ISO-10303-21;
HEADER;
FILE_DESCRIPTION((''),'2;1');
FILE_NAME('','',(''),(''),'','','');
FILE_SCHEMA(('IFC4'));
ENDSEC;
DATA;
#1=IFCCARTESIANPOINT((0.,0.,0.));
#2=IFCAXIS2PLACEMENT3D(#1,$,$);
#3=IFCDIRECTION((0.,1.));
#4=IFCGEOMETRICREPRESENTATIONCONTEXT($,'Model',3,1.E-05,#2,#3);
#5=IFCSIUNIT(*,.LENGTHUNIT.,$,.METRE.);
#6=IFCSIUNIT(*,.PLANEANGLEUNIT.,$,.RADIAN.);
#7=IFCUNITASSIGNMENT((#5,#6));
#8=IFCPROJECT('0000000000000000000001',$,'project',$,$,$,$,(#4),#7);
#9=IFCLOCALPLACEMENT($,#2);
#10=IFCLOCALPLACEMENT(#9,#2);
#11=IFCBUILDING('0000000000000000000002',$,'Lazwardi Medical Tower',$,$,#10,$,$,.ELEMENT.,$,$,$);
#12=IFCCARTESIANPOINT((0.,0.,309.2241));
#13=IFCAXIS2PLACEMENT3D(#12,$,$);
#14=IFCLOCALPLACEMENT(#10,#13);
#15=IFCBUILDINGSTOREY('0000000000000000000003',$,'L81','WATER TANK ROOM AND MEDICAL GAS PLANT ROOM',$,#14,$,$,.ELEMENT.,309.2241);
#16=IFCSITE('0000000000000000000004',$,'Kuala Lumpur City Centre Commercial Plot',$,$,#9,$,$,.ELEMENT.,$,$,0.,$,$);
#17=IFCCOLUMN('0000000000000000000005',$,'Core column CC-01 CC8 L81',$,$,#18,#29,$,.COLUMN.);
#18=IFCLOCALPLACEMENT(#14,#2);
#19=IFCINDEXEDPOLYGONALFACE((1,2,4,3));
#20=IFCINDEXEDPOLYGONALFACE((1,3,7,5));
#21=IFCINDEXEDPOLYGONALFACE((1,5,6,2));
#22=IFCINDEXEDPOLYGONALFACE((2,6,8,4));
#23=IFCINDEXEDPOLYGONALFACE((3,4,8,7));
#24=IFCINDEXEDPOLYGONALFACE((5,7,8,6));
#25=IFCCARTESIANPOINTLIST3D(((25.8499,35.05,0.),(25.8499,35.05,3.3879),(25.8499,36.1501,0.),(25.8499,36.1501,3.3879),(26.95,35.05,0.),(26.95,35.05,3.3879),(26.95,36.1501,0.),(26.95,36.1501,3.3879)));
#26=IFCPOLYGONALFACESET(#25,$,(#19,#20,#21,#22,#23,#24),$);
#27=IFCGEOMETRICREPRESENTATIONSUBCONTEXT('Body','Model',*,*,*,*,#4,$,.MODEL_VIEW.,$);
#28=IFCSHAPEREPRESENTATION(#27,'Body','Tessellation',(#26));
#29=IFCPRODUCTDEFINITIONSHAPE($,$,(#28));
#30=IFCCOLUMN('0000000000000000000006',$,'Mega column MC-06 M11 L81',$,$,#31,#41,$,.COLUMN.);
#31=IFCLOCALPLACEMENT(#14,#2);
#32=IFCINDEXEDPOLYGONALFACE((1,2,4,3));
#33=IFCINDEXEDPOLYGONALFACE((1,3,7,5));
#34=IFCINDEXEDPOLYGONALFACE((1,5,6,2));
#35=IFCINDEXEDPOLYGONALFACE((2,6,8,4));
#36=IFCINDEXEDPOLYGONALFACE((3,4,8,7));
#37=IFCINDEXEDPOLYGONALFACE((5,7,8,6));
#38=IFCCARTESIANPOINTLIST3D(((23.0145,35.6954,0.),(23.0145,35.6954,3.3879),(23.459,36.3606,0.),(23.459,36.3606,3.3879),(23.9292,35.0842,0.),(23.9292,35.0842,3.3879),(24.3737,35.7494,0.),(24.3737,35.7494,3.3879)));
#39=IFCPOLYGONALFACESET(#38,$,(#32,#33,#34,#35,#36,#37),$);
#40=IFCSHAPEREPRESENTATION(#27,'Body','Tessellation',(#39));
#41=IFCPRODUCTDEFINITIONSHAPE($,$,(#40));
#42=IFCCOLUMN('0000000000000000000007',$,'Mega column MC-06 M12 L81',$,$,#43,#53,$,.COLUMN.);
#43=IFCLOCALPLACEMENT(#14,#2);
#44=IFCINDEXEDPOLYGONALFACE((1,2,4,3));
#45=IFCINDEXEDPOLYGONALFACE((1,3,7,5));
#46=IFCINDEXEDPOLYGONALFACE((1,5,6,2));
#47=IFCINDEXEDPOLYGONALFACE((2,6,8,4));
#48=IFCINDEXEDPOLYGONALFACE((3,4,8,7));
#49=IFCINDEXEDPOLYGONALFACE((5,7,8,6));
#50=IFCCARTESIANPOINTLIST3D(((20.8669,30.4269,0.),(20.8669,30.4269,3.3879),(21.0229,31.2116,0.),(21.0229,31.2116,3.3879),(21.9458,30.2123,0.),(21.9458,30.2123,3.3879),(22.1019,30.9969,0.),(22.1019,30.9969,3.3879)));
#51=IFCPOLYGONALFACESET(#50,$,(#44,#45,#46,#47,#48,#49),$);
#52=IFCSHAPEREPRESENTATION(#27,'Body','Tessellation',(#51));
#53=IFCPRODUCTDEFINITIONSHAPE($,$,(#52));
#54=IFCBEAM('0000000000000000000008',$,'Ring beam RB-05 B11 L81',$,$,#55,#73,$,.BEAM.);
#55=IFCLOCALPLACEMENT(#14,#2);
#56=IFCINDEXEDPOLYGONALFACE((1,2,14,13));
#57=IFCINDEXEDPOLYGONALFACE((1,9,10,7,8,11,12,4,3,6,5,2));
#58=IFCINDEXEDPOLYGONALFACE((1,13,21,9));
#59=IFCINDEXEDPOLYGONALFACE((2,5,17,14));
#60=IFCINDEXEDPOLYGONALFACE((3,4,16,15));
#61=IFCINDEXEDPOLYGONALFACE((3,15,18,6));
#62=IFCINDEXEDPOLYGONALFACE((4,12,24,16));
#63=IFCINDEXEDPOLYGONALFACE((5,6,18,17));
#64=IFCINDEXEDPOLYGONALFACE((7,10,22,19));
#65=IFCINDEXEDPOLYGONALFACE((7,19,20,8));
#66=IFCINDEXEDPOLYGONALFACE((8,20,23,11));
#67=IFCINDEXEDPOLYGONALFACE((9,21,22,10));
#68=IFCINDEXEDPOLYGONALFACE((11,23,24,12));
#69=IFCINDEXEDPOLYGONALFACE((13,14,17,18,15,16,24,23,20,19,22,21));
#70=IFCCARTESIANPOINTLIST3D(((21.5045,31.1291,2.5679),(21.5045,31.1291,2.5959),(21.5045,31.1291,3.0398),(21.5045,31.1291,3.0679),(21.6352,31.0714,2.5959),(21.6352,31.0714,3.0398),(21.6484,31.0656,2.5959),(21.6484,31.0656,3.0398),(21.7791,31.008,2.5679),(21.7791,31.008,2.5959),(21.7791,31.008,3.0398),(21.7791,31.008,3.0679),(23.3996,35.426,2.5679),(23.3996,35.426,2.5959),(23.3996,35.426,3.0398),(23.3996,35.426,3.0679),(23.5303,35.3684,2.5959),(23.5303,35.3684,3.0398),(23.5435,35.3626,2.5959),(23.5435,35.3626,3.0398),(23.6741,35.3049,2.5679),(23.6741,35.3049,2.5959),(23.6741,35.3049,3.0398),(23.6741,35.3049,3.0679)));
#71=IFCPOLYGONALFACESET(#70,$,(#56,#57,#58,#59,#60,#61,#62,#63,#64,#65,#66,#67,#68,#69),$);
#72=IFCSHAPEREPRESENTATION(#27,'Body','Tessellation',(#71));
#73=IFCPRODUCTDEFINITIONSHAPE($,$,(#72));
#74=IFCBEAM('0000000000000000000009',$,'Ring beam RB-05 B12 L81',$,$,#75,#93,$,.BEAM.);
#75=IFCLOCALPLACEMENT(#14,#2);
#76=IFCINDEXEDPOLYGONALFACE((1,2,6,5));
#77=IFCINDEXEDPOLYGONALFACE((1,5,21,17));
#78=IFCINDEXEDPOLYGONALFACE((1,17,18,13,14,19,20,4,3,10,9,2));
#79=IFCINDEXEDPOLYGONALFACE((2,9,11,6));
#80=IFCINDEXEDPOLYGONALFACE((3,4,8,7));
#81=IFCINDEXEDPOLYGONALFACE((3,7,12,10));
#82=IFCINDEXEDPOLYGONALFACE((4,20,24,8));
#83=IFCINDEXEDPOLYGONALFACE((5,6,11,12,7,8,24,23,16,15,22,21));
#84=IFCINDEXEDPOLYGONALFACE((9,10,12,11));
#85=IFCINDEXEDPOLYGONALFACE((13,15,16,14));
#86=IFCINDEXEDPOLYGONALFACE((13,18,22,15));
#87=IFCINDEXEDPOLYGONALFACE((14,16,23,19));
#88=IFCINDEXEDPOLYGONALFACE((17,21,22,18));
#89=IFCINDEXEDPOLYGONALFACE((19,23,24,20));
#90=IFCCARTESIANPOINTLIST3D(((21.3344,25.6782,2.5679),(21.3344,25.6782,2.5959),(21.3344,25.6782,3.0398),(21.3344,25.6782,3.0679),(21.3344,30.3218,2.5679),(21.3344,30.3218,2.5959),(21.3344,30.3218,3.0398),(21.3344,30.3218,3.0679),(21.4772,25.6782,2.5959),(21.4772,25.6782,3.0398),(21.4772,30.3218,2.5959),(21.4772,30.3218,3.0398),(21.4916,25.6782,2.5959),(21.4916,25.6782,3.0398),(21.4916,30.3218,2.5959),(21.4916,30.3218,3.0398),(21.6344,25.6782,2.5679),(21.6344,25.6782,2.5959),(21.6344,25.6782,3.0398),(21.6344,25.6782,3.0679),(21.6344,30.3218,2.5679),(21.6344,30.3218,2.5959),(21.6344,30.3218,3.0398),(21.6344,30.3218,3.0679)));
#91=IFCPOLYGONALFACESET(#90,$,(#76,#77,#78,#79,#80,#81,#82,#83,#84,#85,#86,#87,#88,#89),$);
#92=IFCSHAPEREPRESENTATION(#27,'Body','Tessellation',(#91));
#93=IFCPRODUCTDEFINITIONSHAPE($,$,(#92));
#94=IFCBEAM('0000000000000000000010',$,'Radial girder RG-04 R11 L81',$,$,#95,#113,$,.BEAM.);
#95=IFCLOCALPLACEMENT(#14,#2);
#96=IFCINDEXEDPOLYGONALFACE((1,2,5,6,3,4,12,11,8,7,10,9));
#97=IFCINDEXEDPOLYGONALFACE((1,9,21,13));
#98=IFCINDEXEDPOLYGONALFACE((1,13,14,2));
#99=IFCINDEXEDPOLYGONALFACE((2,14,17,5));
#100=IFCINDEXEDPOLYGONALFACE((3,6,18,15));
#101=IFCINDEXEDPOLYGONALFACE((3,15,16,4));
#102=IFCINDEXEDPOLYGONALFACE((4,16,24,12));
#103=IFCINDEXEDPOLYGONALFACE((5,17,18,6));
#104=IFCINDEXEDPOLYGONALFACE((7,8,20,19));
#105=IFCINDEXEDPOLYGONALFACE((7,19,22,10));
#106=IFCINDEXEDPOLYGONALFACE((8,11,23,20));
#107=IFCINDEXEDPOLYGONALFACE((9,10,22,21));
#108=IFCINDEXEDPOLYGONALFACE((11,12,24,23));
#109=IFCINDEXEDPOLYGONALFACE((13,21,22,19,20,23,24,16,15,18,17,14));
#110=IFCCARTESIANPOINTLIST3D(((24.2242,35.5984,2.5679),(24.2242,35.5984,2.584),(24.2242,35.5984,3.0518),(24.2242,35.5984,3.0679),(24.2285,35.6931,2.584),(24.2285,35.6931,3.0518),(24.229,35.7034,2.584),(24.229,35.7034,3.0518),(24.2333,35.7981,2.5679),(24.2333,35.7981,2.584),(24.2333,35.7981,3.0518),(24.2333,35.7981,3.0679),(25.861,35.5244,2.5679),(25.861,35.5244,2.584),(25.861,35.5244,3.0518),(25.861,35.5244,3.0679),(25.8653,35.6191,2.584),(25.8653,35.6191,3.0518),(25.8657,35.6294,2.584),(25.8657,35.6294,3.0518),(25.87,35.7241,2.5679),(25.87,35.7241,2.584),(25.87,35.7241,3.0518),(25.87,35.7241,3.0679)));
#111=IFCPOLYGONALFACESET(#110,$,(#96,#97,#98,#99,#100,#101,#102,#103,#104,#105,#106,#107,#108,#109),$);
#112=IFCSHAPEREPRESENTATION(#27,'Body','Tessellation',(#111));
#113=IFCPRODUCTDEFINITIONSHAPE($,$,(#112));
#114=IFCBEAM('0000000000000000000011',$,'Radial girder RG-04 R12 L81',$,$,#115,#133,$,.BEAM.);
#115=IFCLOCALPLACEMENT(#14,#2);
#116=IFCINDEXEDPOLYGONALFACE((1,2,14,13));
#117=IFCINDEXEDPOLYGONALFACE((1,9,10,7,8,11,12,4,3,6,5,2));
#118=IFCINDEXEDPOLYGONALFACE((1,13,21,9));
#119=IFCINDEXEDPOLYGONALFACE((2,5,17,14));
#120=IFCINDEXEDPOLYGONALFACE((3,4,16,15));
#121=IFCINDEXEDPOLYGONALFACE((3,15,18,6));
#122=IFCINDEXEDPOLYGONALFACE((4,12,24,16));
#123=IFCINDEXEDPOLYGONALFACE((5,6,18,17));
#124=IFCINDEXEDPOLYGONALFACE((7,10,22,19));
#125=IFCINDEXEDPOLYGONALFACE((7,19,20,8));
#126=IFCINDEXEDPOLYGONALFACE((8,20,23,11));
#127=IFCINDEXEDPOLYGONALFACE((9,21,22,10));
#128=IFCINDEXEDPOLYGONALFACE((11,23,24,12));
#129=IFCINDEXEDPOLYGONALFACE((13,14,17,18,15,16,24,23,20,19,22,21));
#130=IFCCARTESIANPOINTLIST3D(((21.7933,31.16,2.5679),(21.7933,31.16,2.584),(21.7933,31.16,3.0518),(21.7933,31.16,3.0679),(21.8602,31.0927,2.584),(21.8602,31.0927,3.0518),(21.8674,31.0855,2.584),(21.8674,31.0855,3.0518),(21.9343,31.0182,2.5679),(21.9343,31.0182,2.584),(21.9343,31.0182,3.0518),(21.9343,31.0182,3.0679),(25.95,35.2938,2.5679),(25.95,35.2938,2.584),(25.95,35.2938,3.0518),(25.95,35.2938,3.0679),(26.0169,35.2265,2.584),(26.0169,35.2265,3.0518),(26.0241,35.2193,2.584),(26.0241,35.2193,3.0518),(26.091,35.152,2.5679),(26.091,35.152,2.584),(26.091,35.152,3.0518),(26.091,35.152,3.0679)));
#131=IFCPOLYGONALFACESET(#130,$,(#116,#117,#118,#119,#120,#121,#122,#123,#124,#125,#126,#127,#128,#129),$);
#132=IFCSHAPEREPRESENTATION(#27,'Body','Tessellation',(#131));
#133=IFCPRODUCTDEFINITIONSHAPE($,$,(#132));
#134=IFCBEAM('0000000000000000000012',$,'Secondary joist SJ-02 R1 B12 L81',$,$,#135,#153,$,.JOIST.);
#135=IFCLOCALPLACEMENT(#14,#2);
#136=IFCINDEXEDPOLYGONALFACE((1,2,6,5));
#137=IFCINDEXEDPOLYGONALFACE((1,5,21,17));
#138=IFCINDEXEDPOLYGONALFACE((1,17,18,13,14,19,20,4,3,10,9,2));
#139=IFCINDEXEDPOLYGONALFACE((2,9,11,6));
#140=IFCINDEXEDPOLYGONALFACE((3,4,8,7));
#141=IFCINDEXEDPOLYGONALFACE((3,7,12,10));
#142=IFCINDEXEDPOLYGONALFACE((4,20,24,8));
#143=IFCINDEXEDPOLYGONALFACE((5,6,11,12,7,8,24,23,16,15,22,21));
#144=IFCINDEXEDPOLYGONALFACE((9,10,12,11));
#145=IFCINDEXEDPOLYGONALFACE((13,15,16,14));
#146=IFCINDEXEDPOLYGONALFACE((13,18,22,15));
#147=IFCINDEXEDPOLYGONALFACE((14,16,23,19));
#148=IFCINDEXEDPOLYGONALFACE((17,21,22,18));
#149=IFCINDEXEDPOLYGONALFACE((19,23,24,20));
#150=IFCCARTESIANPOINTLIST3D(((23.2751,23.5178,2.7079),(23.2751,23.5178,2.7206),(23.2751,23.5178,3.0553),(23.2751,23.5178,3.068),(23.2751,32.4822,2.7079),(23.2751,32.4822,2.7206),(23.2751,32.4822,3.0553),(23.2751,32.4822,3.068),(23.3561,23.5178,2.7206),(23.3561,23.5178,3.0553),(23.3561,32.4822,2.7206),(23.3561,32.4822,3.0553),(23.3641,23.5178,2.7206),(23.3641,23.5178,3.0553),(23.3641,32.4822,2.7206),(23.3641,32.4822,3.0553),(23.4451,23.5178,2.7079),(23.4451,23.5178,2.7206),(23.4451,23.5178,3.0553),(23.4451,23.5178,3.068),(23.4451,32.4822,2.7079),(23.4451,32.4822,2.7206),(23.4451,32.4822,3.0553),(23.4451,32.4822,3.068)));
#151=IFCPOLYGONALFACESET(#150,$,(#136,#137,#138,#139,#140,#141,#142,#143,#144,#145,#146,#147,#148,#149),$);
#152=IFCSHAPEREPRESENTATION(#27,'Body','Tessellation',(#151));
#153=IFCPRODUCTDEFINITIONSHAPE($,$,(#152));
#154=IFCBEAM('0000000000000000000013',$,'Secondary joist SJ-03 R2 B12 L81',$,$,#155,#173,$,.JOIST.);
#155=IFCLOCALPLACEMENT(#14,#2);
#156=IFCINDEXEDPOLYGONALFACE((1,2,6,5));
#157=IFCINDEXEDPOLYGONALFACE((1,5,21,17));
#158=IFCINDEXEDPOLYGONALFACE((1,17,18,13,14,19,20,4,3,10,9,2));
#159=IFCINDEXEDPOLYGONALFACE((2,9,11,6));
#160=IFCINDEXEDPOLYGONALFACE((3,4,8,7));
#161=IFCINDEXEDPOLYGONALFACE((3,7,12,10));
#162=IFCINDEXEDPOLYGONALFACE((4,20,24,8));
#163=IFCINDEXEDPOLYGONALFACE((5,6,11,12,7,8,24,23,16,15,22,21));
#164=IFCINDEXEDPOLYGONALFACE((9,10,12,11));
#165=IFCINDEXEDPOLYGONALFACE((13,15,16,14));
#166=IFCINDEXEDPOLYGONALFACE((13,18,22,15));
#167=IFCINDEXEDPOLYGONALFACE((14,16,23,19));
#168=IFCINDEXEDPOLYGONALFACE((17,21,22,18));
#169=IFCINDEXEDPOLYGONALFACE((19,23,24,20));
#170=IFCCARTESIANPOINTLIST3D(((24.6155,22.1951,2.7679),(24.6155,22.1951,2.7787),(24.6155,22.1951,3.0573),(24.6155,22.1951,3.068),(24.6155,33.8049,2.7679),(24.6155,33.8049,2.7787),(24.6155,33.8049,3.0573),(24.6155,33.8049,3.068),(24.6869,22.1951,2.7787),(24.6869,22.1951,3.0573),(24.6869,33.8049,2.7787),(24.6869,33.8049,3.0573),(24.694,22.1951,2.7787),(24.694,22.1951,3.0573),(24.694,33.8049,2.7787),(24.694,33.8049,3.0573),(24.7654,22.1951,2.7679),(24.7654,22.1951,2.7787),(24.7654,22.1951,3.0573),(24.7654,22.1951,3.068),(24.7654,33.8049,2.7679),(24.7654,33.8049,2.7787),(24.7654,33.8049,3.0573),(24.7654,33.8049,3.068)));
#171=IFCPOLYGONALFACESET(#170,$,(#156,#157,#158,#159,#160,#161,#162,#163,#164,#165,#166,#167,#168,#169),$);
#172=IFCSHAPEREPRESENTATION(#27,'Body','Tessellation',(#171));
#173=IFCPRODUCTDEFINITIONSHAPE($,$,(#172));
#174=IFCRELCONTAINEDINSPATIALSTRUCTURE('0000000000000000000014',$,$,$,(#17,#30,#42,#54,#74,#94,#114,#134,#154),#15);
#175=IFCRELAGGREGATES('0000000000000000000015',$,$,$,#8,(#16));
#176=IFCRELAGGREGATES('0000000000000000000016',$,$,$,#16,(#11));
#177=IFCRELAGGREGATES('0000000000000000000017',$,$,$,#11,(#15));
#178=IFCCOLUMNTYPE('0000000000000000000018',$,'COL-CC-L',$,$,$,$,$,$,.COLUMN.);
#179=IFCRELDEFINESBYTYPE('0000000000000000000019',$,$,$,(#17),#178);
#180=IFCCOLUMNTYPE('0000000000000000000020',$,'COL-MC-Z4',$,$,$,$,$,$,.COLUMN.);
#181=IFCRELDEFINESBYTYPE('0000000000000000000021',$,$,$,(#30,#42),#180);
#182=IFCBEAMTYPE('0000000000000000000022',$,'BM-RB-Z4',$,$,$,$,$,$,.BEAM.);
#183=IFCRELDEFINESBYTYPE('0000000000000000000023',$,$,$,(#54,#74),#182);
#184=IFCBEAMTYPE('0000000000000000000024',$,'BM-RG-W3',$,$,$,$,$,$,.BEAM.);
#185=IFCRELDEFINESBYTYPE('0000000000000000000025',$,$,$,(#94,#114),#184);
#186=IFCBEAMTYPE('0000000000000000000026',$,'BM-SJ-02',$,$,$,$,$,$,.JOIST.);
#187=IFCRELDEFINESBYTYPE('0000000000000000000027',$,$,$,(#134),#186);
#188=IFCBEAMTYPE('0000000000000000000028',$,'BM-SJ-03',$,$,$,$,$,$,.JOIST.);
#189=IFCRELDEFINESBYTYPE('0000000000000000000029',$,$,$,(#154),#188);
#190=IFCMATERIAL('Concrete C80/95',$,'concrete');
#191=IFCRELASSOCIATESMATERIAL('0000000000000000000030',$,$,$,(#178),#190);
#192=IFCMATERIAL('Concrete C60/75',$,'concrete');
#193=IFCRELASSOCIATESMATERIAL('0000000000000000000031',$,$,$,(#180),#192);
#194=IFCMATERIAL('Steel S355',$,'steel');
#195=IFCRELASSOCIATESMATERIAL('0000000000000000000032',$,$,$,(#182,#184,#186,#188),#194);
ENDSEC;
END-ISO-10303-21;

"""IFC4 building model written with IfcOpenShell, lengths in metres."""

from ifc_helpers import new_model, si_unit, direction, frame, origin, origin_2d, place, context, subcontext, project, spatial, rectangle, i_section, extrude, material, material_profile, profile_set, type_object, element, save


model = new_model("IFC4")

# Units and contexts
model_context = context("Model", 3, precision=1e-05, world=origin(), true_north=direction((0.0, 1.0)))
body_context = subcontext(model_context, "Body", "Model", "MODEL_VIEW")
ifc_project = project(units=[si_unit("LENGTHUNIT", "METRE"), si_unit("PLANEANGLEUNIT", "RADIAN")], contexts=[model_context])

# Site, building, storey
site_placement = place(None, origin())
site = spatial("IfcSite", under=ifc_project, at=site_placement, Name="Kuala Lumpur City Centre Commercial Plot", CompositionType="ELEMENT", RefElevation=0.0)
building_placement = place(site_placement, origin())
building = spatial("IfcBuilding", under=site, at=building_placement, Name="Lazwardi Medical Tower", CompositionType="ELEMENT")
storey_placement = place(building_placement, frame((0.0, 0.0, 309.2241)))
storey = spatial("IfcBuildingStorey", under=building, at=storey_placement, Name="L81", Description="WATER TANK ROOM AND MEDICAL GAS PLANT ROOM", CompositionType="ELEMENT", Elevation=309.2241)

# Columns
ifc_material_1 = material(Name="Concrete C80/95", Category="concrete")
ifc_material_profile_1 = material_profile(ifc_material_1, rectangle(XDim=1.1001, YDim=1.1001, at=origin_2d()), Name="RC 1100x1100")
ifc_profile_set_1 = profile_set([ifc_material_profile_1], Name="Concrete C80/95")
column_type_1 = type_object("IfcColumnType", Name="COL-CC-L", PredefinedType="COLUMN", material=ifc_profile_set_1)
column_placement = place(storey_placement, frame((26.3999, 35.6001, 0.0), z_axis=(0.0, 0.0, 1.0), x_axis=(1.0, 0.0, 0.0)))
element("IfcColumn", 1, at=column_placement, inside=storey, type_object=column_type_1, Name="Core column CC-01 CC8 L81", PredefinedType="COLUMN", context=body_context, shape_type="SweptSolid", body=[
    extrude(rectangle(XDim=1.1001, YDim=1.1001, at=origin_2d()), origin(), (0.0, 0.0, 1.0), 3.3879),
])
ifc_material_2 = material(Name="Concrete C60/75", Category="concrete")
ifc_material_profile_2 = material_profile(ifc_material_2, rectangle(XDim=1.1001, YDim=0.8, at=origin_2d()), Name="CFT-RECT 1100x800")
ifc_profile_set_2 = profile_set([ifc_material_profile_2], Name="Concrete C60/75")
column_type_2 = type_object("IfcColumnType", Name="COL-MC-Z4", PredefinedType="COLUMN", material=ifc_profile_set_2)
for number, where, z_axis, x_axis, name in (
    (2, (23.6941, 35.7224, 0.0), (0.0, 0.0, 1.0), (-0.83147, 0.55557, 0.0), "Mega column MC-06 M11 L81"),
    (3, (21.4844, 30.7119, 0.0), (0.0, 0.0, 1.0), (-0.980785, 0.19509, 0.0), "Mega column MC-06 M12 L81"),
):
    element("IfcColumn", number, at=place(storey_placement, frame(where, z_axis=z_axis, x_axis=x_axis)), inside=storey, type_object=column_type_2, Name=name, PredefinedType="COLUMN", context=body_context, shape_type="SweptSolid", body=[
        extrude(rectangle(XDim=1.1001, YDim=0.8, at=origin_2d()), origin(), (0.0, 0.0, 1.0), 3.3879),
    ])

# Beams
ifc_material_3 = material(Name="Steel S355", Category="steel")
ifc_material_profile_3 = material_profile(ifc_material_3, i_section(OverallWidth=0.3, OverallDepth=0.5, WebThickness=0.0144, FlangeThickness=0.0281, at=origin_2d()), Name="HEB 500")
ifc_profile_set_3 = profile_set([ifc_material_profile_3], Name="Steel S355")
beam_type_1 = type_object("IfcBeamType", Name="BM-RB-Z4", PredefinedType="BEAM", material=ifc_profile_set_3)
beam_1_placement = place(storey_placement, frame((23.5369, 35.3655, 2.8179), z_axis=(-0.403522, -0.91497, 0.0), x_axis=(0.91497, -0.403522, 0.0)))
element("IfcBeam", 4, at=beam_1_placement, inside=storey, type_object=beam_type_1, Name="Ring beam RB-05 B11 L81", PredefinedType="BEAM", context=body_context, shape_type="SweptSolid", body=[
    extrude(i_section(OverallWidth=0.3, OverallDepth=0.5, WebThickness=0.0144, FlangeThickness=0.0281, at=origin_2d()), origin(), (0.0, 0.0, 1.0), 4.6963),
])
beam_2_placement = place(storey_placement, frame((21.4844, 30.3218, 2.8179), z_axis=(0.0, -1.0, 0.0), x_axis=(1.0, 0.0, 0.0)))
element("IfcBeam", 5, at=beam_2_placement, inside=storey, type_object=beam_type_1, Name="Ring beam RB-05 B12 L81", PredefinedType="BEAM", context=body_context, shape_type="SweptSolid", body=[
    extrude(i_section(OverallWidth=0.3, OverallDepth=0.5, WebThickness=0.0144, FlangeThickness=0.0281, at=origin_2d()), origin(), (0.0, 0.0, 1.0), 4.6436),
])
ifc_material_profile_4 = material_profile(ifc_material_3, i_section(OverallWidth=0.2, OverallDepth=0.5, WebThickness=0.0103, FlangeThickness=0.0161, at=origin_2d()), Name="IPE 500")
ifc_profile_set_4 = profile_set([ifc_material_profile_4], Name="Steel S355")
beam_type_2 = type_object("IfcBeamType", Name="BM-RG-W3", PredefinedType="BEAM", material=ifc_profile_set_4)
beam_3_placement = place(storey_placement, frame((24.2288, 35.6982, 2.8179), z_axis=(0.99898, -0.045151, 0.0), x_axis=(0.045151, 0.99898, 0.0)))
element("IfcBeam", 6, at=beam_3_placement, inside=storey, type_object=beam_type_2, Name="Radial girder RG-04 R11 L81", PredefinedType="BEAM", context=body_context, shape_type="SweptSolid", body=[
    extrude(i_section(OverallWidth=0.2, OverallDepth=0.5, WebThickness=0.0103, FlangeThickness=0.0161, at=origin_2d()), origin(), (0.0, 0.0, 1.0), 1.6384),
])
beam_4_placement = place(storey_placement, frame((21.8638, 31.0891, 2.8179), z_axis=(0.709061, 0.705147, 0.0), x_axis=(-0.705147, 0.709061, 0.0)))
element("IfcBeam", 7, at=beam_4_placement, inside=storey, type_object=beam_type_2, Name="Radial girder RG-04 R12 L81", PredefinedType="BEAM", context=body_context, shape_type="SweptSolid", body=[
    extrude(i_section(OverallWidth=0.2, OverallDepth=0.5, WebThickness=0.0103, FlangeThickness=0.0161, at=origin_2d()), origin(), (0.0, 0.0, 1.0), 5.8623),
])
ifc_material_profile_5 = material_profile(ifc_material_3, i_section(OverallWidth=0.1699, OverallDepth=0.3601, WebThickness=0.0081, FlangeThickness=0.0127, at=origin_2d()), Name="IPE 360")
ifc_profile_set_5 = profile_set([ifc_material_profile_5], Name="Steel S355")
beam_type_3 = type_object("IfcBeamType", Name="BM-SJ-02", PredefinedType="JOIST", material=ifc_profile_set_5)
beam_5_placement = place(storey_placement, frame((23.3601, 32.4822, 2.8879), z_axis=(0.0, -1.0, 0.0), x_axis=(1.0, 0.0, 0.0)))
element("IfcBeam", 8, at=beam_5_placement, inside=storey, type_object=beam_type_3, Name="Secondary joist SJ-02 R1 B12 L81", PredefinedType="JOIST", context=body_context, shape_type="SweptSolid", body=[
    extrude(i_section(OverallWidth=0.1699, OverallDepth=0.3601, WebThickness=0.0081, FlangeThickness=0.0127, at=origin_2d()), origin(), (0.0, 0.0, 1.0), 8.9644),
])
ifc_material_profile_6 = material_profile(ifc_material_3, i_section(OverallWidth=0.1499, OverallDepth=0.3, WebThickness=0.0071, FlangeThickness=0.0107, at=origin_2d()), Name="IPE 300")
ifc_profile_set_6 = profile_set([ifc_material_profile_6], Name="Steel S355")
beam_type_4 = type_object("IfcBeamType", Name="BM-SJ-03", PredefinedType="JOIST", material=ifc_profile_set_6)
beam_6_placement = place(storey_placement, frame((24.6904, 33.8049, 2.918), z_axis=(0.0, -1.0, 0.0), x_axis=(1.0, 0.0, 0.0)))
element("IfcBeam", 9, at=beam_6_placement, inside=storey, type_object=beam_type_4, Name="Secondary joist SJ-03 R2 B12 L81", PredefinedType="JOIST", context=body_context, shape_type="SweptSolid", body=[
    extrude(i_section(OverallWidth=0.1499, OverallDepth=0.3, WebThickness=0.0071, FlangeThickness=0.0107, at=origin_2d()), origin(), (0.0, 0.0, 1.0), 11.6099),
])

save(model, "model.ifc")
